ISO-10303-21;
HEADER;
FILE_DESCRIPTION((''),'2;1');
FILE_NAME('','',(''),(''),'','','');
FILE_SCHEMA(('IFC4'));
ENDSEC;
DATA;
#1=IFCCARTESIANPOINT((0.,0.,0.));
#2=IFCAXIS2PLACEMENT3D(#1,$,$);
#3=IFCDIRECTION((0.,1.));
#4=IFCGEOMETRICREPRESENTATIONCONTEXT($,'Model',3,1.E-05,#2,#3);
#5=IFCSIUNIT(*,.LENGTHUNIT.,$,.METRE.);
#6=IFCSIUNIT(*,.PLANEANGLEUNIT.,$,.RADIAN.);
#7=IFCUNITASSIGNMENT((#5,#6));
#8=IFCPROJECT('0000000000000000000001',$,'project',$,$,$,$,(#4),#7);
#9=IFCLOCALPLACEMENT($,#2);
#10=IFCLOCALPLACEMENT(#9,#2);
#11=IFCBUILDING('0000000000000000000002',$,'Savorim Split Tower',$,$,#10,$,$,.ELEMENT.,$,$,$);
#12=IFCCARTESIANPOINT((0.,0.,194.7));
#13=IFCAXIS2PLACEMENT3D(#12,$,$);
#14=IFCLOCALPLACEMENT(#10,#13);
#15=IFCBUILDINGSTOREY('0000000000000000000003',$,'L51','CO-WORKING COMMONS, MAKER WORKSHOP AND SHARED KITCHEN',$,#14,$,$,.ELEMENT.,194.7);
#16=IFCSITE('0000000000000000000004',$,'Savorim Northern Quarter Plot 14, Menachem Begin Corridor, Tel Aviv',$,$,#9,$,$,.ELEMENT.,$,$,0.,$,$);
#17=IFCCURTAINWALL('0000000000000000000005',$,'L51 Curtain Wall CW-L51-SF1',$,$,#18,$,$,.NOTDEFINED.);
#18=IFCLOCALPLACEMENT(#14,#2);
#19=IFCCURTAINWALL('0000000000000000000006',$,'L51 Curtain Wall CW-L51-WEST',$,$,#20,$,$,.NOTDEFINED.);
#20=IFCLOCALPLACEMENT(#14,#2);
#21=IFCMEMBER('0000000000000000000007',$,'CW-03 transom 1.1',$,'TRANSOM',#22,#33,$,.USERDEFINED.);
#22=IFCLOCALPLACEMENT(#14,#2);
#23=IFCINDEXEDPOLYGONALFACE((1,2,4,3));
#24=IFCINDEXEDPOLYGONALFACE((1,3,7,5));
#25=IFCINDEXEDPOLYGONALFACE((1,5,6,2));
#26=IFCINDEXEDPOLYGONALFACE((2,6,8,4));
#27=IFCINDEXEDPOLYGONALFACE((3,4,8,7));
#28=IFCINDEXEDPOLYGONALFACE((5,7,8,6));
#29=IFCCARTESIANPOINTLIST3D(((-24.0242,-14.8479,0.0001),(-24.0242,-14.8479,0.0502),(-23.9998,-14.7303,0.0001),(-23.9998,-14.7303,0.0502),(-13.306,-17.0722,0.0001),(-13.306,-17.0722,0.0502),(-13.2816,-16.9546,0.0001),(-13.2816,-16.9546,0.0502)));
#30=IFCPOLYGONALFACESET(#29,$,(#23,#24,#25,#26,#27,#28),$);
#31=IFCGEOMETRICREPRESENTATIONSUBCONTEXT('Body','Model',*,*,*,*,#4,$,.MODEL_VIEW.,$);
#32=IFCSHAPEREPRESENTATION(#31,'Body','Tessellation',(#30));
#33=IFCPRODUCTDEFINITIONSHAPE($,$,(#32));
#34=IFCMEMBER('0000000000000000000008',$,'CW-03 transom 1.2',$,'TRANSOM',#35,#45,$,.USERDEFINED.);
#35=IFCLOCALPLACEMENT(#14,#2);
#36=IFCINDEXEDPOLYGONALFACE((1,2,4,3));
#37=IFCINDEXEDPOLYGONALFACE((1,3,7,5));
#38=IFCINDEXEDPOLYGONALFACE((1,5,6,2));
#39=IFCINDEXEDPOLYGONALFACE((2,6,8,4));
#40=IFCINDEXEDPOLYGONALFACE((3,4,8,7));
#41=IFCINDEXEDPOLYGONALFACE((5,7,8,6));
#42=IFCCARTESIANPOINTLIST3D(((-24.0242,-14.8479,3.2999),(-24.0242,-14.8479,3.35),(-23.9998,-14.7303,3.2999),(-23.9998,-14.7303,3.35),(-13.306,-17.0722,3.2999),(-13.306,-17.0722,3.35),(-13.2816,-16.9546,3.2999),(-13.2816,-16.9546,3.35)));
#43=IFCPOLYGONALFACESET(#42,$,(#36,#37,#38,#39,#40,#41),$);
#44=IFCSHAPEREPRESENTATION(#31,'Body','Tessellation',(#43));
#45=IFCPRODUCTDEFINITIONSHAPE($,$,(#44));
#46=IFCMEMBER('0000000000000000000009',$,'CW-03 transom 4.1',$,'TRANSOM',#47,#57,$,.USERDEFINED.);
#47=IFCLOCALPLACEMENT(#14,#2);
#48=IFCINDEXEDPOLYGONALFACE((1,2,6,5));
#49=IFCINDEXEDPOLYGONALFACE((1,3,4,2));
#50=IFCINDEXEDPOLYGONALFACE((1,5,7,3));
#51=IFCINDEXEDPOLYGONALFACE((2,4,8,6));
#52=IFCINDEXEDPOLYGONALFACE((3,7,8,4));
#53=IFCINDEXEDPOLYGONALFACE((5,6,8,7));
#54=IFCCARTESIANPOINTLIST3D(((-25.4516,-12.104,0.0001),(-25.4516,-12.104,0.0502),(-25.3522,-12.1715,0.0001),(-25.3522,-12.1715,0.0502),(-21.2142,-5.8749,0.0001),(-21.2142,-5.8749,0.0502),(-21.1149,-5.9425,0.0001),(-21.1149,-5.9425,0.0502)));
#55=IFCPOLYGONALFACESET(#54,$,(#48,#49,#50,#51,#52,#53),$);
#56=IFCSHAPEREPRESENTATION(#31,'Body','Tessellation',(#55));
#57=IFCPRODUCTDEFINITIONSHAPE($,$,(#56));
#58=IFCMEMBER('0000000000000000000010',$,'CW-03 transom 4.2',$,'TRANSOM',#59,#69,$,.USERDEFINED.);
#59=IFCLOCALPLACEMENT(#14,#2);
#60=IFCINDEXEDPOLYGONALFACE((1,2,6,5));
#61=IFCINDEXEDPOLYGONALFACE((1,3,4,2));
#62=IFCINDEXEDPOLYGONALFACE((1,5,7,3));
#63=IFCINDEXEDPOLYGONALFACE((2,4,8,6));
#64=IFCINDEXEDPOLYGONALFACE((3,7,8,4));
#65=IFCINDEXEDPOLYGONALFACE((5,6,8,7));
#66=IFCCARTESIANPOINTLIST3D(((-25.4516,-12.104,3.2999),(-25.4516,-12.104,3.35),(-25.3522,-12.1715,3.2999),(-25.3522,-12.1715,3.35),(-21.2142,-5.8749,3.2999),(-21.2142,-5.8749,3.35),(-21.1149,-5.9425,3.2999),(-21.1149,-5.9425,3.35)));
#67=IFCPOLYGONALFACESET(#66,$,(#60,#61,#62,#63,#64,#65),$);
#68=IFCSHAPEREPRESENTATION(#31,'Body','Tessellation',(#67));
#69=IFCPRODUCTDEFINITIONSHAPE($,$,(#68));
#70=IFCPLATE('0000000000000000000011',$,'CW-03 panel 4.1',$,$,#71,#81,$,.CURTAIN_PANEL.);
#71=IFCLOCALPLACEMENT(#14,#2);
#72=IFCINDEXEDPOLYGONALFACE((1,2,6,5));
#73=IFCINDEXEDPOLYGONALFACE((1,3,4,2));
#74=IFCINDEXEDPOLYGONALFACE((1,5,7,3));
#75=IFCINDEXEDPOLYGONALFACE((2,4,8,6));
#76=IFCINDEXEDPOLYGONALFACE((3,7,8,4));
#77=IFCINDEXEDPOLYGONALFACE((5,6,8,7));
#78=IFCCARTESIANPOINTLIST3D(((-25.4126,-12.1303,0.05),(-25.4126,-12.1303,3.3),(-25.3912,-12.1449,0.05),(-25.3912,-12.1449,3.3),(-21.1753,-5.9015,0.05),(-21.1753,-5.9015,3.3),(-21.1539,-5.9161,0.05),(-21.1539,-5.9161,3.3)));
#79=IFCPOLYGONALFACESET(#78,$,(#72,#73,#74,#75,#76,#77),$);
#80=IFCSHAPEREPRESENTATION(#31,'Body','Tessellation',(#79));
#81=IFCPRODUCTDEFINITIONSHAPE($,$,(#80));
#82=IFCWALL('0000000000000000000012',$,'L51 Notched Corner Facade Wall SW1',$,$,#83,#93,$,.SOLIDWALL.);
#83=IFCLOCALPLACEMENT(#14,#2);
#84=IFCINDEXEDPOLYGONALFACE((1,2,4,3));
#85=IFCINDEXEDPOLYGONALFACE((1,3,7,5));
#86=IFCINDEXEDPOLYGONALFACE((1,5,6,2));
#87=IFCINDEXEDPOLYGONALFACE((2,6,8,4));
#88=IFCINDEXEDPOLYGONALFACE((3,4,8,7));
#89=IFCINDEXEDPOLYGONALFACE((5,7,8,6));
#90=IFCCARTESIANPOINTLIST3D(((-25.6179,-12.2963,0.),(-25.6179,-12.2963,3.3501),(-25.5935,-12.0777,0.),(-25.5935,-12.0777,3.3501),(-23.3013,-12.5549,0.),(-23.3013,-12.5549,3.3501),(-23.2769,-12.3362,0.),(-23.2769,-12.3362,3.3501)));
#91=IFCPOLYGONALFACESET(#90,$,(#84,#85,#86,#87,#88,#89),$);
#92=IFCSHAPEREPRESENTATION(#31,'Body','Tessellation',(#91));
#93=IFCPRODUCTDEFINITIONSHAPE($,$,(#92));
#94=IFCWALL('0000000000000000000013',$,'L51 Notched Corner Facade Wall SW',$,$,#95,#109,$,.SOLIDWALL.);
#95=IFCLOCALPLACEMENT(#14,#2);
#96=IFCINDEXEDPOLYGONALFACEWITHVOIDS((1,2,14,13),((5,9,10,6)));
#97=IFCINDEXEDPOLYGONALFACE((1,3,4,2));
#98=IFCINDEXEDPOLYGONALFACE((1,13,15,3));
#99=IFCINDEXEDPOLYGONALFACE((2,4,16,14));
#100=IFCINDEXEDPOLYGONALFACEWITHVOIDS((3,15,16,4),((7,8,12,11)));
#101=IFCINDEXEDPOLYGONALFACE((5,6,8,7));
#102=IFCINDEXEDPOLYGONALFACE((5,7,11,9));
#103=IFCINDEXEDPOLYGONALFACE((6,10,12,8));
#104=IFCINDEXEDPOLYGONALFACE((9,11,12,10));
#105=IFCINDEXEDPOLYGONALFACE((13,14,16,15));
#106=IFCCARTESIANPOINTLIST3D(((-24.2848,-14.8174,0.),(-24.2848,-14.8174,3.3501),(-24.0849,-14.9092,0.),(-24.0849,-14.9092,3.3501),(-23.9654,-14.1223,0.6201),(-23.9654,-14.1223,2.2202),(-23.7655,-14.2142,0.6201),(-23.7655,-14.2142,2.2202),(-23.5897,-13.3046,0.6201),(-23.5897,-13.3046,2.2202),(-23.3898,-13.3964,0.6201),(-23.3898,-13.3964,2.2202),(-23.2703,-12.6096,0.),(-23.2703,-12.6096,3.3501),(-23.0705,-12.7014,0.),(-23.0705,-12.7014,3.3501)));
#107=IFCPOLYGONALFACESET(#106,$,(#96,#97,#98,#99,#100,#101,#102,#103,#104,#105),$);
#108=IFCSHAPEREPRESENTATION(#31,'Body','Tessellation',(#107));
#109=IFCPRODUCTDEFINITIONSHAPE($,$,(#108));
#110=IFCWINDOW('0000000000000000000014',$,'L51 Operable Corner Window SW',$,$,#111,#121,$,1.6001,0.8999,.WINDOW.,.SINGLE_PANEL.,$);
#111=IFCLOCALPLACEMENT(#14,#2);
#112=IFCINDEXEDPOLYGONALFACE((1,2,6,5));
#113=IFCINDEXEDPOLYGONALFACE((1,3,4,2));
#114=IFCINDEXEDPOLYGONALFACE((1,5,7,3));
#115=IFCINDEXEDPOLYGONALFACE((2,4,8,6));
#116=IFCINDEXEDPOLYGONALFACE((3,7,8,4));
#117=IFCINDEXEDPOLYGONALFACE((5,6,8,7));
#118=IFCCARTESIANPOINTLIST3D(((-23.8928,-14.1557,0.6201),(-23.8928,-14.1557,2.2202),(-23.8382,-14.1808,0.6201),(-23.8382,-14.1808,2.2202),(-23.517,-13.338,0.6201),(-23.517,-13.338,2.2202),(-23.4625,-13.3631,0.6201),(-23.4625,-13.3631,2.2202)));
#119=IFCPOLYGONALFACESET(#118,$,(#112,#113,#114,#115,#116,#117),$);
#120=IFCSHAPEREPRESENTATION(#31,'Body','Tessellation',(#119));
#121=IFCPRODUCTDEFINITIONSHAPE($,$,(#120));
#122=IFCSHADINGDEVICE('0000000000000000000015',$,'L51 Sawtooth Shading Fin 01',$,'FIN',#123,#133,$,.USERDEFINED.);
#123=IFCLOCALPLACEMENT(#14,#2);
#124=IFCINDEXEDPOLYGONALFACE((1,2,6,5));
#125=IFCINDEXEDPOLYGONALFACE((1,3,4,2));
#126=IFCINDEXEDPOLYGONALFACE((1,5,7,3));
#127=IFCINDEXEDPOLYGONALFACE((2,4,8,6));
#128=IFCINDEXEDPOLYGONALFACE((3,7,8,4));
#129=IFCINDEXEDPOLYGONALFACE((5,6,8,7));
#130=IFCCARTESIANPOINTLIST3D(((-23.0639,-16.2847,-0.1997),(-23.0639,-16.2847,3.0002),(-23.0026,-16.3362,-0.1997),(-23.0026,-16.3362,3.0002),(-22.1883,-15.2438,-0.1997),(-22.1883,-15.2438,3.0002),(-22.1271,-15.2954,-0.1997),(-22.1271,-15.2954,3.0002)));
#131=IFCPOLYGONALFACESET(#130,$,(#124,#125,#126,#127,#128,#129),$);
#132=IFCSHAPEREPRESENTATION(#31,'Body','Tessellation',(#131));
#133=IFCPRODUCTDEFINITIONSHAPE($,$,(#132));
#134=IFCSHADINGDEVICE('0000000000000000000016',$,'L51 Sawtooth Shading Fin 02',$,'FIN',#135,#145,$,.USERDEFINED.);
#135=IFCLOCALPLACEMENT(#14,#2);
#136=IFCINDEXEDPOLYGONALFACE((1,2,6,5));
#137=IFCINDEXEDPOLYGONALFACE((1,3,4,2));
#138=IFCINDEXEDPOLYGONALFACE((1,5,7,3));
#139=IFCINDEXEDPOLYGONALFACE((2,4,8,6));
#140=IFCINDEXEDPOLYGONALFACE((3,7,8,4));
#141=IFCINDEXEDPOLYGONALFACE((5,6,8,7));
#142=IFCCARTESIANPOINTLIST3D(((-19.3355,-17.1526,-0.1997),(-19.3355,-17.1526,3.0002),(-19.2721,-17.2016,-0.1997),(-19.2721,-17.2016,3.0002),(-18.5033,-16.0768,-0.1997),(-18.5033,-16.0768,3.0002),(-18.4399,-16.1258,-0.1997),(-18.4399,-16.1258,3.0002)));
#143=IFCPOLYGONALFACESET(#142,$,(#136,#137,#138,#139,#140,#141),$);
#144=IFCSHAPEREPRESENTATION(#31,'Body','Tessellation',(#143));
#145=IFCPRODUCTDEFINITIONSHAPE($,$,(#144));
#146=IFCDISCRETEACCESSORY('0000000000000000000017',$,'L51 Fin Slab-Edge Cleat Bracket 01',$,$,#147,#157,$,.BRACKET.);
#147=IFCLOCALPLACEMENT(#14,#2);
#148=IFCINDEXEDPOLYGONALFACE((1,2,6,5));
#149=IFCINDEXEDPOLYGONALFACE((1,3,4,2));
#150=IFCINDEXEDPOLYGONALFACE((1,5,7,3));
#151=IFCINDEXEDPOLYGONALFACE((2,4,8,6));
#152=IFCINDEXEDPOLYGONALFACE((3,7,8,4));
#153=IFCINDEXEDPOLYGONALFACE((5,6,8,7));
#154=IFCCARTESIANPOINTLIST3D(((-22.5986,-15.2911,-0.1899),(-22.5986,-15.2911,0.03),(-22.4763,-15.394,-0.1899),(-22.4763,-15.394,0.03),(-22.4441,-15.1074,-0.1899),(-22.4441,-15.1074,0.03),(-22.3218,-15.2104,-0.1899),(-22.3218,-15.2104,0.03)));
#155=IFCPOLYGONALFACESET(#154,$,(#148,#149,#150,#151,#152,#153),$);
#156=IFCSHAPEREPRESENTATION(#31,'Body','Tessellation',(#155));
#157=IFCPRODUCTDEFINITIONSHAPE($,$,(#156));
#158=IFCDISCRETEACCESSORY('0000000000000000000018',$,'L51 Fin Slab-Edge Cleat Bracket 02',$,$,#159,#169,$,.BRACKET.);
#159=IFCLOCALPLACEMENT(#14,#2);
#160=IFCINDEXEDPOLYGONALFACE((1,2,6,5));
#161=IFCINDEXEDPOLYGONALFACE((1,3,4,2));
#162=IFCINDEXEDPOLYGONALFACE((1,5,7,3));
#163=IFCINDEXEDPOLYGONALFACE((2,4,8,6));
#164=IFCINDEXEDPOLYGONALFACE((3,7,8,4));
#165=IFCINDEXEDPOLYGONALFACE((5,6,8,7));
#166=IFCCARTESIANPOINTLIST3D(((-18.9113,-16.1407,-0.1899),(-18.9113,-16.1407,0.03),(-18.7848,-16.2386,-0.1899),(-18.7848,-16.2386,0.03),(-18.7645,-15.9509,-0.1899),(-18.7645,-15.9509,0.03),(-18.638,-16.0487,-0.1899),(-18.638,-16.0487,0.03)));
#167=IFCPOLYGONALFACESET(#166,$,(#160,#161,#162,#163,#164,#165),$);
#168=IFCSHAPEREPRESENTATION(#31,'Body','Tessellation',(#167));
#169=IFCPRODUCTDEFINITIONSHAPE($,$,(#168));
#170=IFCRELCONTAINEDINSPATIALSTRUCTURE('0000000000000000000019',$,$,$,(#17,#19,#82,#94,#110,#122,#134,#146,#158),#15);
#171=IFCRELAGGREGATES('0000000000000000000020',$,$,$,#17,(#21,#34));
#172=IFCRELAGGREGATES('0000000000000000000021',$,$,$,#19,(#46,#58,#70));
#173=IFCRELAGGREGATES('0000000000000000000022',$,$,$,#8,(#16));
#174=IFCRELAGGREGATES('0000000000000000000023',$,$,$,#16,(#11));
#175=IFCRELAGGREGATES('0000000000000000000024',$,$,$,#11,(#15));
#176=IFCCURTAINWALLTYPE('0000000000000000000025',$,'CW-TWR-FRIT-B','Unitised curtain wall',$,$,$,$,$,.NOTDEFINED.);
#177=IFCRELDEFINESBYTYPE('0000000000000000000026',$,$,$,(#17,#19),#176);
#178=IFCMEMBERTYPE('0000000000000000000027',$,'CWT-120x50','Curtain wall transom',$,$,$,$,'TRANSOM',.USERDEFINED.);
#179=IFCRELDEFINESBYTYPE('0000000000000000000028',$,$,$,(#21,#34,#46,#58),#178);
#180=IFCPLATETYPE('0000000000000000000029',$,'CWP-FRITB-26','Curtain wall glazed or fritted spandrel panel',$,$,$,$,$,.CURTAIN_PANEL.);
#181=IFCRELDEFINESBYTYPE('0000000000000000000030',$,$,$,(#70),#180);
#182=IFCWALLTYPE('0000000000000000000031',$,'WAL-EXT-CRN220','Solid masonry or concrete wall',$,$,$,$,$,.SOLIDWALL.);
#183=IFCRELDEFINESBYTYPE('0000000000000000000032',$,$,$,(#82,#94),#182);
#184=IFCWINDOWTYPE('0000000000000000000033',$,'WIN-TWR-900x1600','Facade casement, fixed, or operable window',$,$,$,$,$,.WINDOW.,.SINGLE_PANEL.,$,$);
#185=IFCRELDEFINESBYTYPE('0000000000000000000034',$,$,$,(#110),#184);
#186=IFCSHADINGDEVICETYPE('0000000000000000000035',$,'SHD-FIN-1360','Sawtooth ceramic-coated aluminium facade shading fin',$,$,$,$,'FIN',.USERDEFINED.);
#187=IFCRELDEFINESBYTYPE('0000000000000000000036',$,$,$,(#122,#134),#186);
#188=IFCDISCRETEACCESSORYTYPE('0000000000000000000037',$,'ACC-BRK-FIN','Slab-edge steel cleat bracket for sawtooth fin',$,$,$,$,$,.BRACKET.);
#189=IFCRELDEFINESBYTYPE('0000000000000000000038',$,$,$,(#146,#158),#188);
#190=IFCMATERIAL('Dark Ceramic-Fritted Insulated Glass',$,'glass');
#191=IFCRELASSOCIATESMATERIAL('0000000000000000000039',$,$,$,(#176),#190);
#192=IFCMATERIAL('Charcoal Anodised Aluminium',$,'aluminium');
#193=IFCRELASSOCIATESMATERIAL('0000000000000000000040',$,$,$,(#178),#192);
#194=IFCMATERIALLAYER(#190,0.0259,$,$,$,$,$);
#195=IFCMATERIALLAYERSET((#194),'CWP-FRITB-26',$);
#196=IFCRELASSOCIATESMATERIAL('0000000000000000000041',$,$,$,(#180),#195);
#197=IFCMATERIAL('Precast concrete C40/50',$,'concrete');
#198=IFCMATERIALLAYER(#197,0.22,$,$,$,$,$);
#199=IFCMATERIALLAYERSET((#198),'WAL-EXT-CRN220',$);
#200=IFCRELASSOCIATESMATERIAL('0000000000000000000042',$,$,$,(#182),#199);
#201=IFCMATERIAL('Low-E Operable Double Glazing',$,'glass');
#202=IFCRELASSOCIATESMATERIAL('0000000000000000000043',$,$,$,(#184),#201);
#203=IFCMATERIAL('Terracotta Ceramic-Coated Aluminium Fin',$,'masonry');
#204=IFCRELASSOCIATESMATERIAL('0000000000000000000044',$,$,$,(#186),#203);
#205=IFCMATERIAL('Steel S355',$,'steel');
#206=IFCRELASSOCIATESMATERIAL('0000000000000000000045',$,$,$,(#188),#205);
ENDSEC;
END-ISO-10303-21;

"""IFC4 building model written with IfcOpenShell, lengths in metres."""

from ifc_helpers import new_model, si_unit, direction, frame, frame_2d, origin, origin_2d, place, context, subcontext, project, spatial, rectangle, extrude, material, layer, layer_set, material_profile, profile_set, type_object, element, fill, aggregate, save


model = new_model("IFC4")

# Units and contexts
model_context = context("Model", 3, precision=1e-05, world=origin(), true_north=direction((0.0, 1.0)))
body_context = subcontext(model_context, "Body", "Model", "MODEL_VIEW")
ifc_project = project(units=[si_unit("LENGTHUNIT", "METRE"), si_unit("PLANEANGLEUNIT", "RADIAN")], contexts=[model_context])

# Site, building, storey
site_placement = place(None, origin())
site = spatial("IfcSite", under=ifc_project, at=site_placement, Name="Savorim Northern Quarter Plot 14, Menachem Begin Corridor, Tel Aviv", CompositionType="ELEMENT", RefElevation=0.0)
building_placement = place(site_placement, origin())
building = spatial("IfcBuilding", under=site, at=building_placement, Name="Savorim Split Tower", CompositionType="ELEMENT")
storey_placement = place(building_placement, frame((0.0, 0.0, 194.7)))
storey = spatial("IfcBuildingStorey", under=building, at=storey_placement, Name="L51", Description="CO-WORKING COMMONS, MAKER WORKSHOP AND SHARED KITCHEN", CompositionType="ELEMENT", Elevation=194.7)

# Shared definitions
ifc_material_1 = material(Name="Steel S355", Category="steel")

# Curtain wall
ifc_material_2 = material(Name="Dark Ceramic-Fritted Insulated Glass", Category="glass")
curtain_wall_type = type_object("IfcCurtainWallType", Name="CW-TWR-FRIT-B", Description="Unitised curtain wall", PredefinedType="NOTDEFINED", material=ifc_material_2)
curtain_wall_1_placement = place(storey_placement, origin())
curtain_wall_1 = element("IfcCurtainWall", 1, at=curtain_wall_1_placement, inside=storey, type_object=curtain_wall_type, Name="L51 Curtain Wall CW-L51-SF1", PredefinedType="NOTDEFINED")
ifc_material_3 = material(Name="Charcoal Anodised Aluminium", Category="aluminium")

# Curtain wall
curtain_wall_2_placement = place(storey_placement, origin())
curtain_wall_2 = element("IfcCurtainWall", 2, at=curtain_wall_2_placement, inside=storey, type_object=curtain_wall_type, Name="L51 Curtain Wall CW-L51-WEST", PredefinedType="NOTDEFINED")

# Members
ifc_material_profile_1 = material_profile(ifc_material_3, rectangle(XDim=0.1201, YDim=0.05, at=origin_2d()), Name="ALU-T 120x50")
ifc_profile_set_1 = profile_set([ifc_material_profile_1], Name="Charcoal Anodised Aluminium")
member_type_1 = type_object("IfcMemberType", Name="CWT-120x50", Description="Curtain wall transom", ElementType="TRANSOM", PredefinedType="USERDEFINED", material=ifc_profile_set_1)
member_1_placement = place(storey_placement, frame((-24.012, -14.7891, 0.0251), z_axis=(0.979137, -0.203201, 0.0), x_axis=(0.203201, 0.979137, 0.0)))
member_1 = element("IfcMember", 3, at=member_1_placement, type_object=member_type_1, Name="CW-03 transom 1.1", ObjectType="TRANSOM", PredefinedType="USERDEFINED", context=body_context, shape_type="SweptSolid", body=[
    extrude(rectangle(XDim=0.1201, YDim=0.05, at=origin_2d()), origin(), (0.0, 0.0, 1.0), 10.9465),
])
member_2_placement = place(storey_placement, frame((-24.012, -14.7891, 3.325), z_axis=(0.979137, -0.203201, 0.0), x_axis=(0.203201, 0.979137, 0.0)))
member_2 = element("IfcMember", 4, at=member_2_placement, type_object=member_type_1, Name="CW-03 transom 1.2", ObjectType="TRANSOM", PredefinedType="USERDEFINED", context=body_context, shape_type="SweptSolid", body=[
    extrude(rectangle(XDim=0.1201, YDim=0.05, at=origin_2d()), origin(), (0.0, 0.0, 1.0), 10.9465),
])
aggregate(curtain_wall_1, [member_1, member_2])
member_3_placement = place(storey_placement, frame((-21.1646, -5.9087, 0.0251), z_axis=(-0.562454, -0.826829, 0.0), x_axis=(0.826829, -0.562454, 0.0)))
member_3 = element("IfcMember", 5, at=member_3_placement, type_object=member_type_1, Name="CW-03 transom 4.1", ObjectType="TRANSOM", PredefinedType="USERDEFINED", context=body_context, shape_type="SweptSolid", body=[
    extrude(rectangle(XDim=0.1201, YDim=0.05, at=origin_2d()), origin(), (0.0, 0.0, 1.0), 7.5337),
])
member_4_placement = place(storey_placement, frame((-21.1646, -5.9087, 3.325), z_axis=(-0.562454, -0.826829, 0.0), x_axis=(0.826829, -0.562454, 0.0)))
member_4 = element("IfcMember", 6, at=member_4_placement, type_object=member_type_1, Name="CW-03 transom 4.2", ObjectType="TRANSOM", PredefinedType="USERDEFINED", context=body_context, shape_type="SweptSolid", body=[
    extrude(rectangle(XDim=0.1201, YDim=0.05, at=origin_2d()), origin(), (0.0, 0.0, 1.0), 7.5337),
])

# Plate
ifc_layer_1 = layer(ifc_material_2, 0.0259)
ifc_layer_set_1 = layer_set([ifc_layer_1], Name="CWP-FRITB-26")
plate_type = type_object("IfcPlateType", Name="CWP-FRITB-26", Description="Curtain wall glazed or fritted spandrel panel", PredefinedType="CURTAIN_PANEL", material=ifc_layer_set_1)
plate_placement = place(storey_placement, frame((-23.2832, -9.0232, 0.05), z_axis=(0.0, 0.0, 1.0), x_axis=(-0.562465, -0.826821, 0.0)))
plate = element("IfcPlate", 7, at=plate_placement, type_object=plate_type, Name="CW-03 panel 4.1", PredefinedType="CURTAIN_PANEL", context=body_context, shape_type="SweptSolid", body=[
    extrude(rectangle(XDim=7.5334, YDim=0.0259, at=origin_2d()), origin(), (0.0, 0.0, 1.0), 3.25),
])
aggregate(curtain_wall_2, [member_3, member_4, plate])

# Wall
ifc_material_4 = material(Name="Precast concrete C40/50", Category="concrete")
ifc_layer_2 = layer(ifc_material_4, 0.22)
ifc_layer_set_2 = layer_set([ifc_layer_2], Name="WAL-EXT-CRN220")
wall_type = type_object("IfcWallType", Name="WAL-EXT-CRN220", Description="Solid masonry or concrete wall", PredefinedType="SOLIDWALL", material=ifc_layer_set_2)
wall_1_placement = place(storey_placement, frame((-23.2891, -12.4456, 0.0), z_axis=(0.0, 0.0, 1.0), x_axis=(-0.99383, 0.110914, 0.0)))
element("IfcWall", 8, at=wall_1_placement, inside=storey, type_object=wall_type, Name="L51 Notched Corner Facade Wall SW1", PredefinedType="SOLIDWALL", context=body_context, shape_type="SweptSolid", body=[
    extrude(rectangle(XDim=2.3311, YDim=0.22, at=frame_2d((1.1655, 0.0))), origin(), (0.0, 0.0, 1.0), 3.3501),
])

# Wall, opening, window
wall_2_placement = place(storey_placement, frame((-24.1848, -14.8633, 0.0), z_axis=(0.0, 0.0, 1.0), x_axis=(0.417509, 0.908673, 0.0)))
wall_2 = element("IfcWall", 9, at=wall_2_placement, inside=storey, type_object=wall_type, Name="L51 Notched Corner Facade Wall SW", PredefinedType="SOLIDWALL", context=body_context, shape_type="SweptSolid", body=[
    extrude(rectangle(XDim=2.4297, YDim=0.22, at=frame_2d((1.2148, 0.0))), origin(), (0.0, 0.0, 1.0), 3.3501),
])
opening_placement = place(wall_2_placement, frame((0.7649, 0.0, 0.6201)))
opening = element("IfcOpeningElement", 10, at=opening_placement, cuts=wall_2, PredefinedType="OPENING", context=body_context, shape_type="SweptSolid", body=[
    extrude(rectangle(XDim=0.8999, YDim=1.6001, at=frame_2d((0.45, 0.8))), frame((0.0, 0.1199, 0.0), z_axis=(0.0, -1.0, 0.0), x_axis=(1.0, 0.0, 0.0)), (0.0, 0.0, 1.0), 0.24),
])
ifc_material_5 = material(Name="Low-E Operable Double Glazing", Category="glass")
window_type = type_object("IfcWindowType", Name="WIN-TWR-900x1600", Description="Facade casement, fixed, or operable window", PartitioningType="SINGLE_PANEL", PredefinedType="WINDOW", material=ifc_material_5)
window_placement = place(opening_placement, origin())
window = element("IfcWindow", 11, at=window_placement, inside=storey, type_object=window_type, Name="L51 Operable Corner Window SW", OverallHeight=1.6001, OverallWidth=0.8999, PartitioningType="SINGLE_PANEL", PredefinedType="WINDOW", context=body_context, shape_type="SweptSolid", body=[
    extrude(rectangle(XDim=0.8999, YDim=1.6001, at=frame_2d((0.45, 0.8))), frame((0.0, 0.03, 0.0), z_axis=(0.0, -1.0, 0.0), x_axis=(1.0, 0.0, 0.0)), (0.0, 0.0, 1.0), 0.0601),
])
fill(opening, window)

# Shading devices
ifc_material_6 = material(Name="Terracotta Ceramic-Coated Aluminium Fin", Category="masonry")
shading_device_type = type_object("IfcShadingDeviceType", Name="SHD-FIN-1360", Description="Sawtooth ceramic-coated aluminium facade shading fin", ElementType="FIN", PredefinedType="USERDEFINED", material=ifc_material_6)
for number, where, z_axis, x_axis, name in (
    (12, (-22.5955, -15.79, -0.1997), (0.0, 0.0, 1.0), (-0.643719, -0.765262, 0.0), "L51 Sawtooth Shading Fin 01"),
    (13, (-18.8877, -16.6392, -0.1997), (0.0, 0.0, 1.0), (-0.611868, -0.79096, 0.0), "L51 Sawtooth Shading Fin 02"),
):
    element("IfcShadingDevice", number, at=place(storey_placement, frame(where, z_axis=z_axis, x_axis=x_axis)), inside=storey, type_object=shading_device_type, Name=name, ObjectType="FIN", PredefinedType="USERDEFINED", context=body_context, shape_type="SweptSolid", body=[
        extrude(rectangle(XDim=1.3601, YDim=0.0801, at=origin_2d()), origin(), (0.0, 0.0, 1.0), 3.2),
    ])

# Discrete accessories
discrete_accessory_type = type_object("IfcDiscreteAccessoryType", Name="ACC-BRK-FIN", Description="Slab-edge steel cleat bracket for sawtooth fin", PredefinedType="BRACKET", material=ifc_material_1)
for number, where, z_axis, x_axis, name in (
    (14, (-22.4602, -15.2507, -0.1899), (0.0, 0.0, 1.0), (-0.643719, -0.765262, 0.0), "L51 Fin Slab-Edge Cleat Bracket 01"),
    (15, (-18.7747, -16.0947, -0.1899), (0.0, 0.0, 1.0), (-0.611868, -0.79096, 0.0), "L51 Fin Slab-Edge Cleat Bracket 02"),
):
    element("IfcDiscreteAccessory", number, at=place(storey_placement, frame(where, z_axis=z_axis, x_axis=x_axis)), inside=storey, type_object=discrete_accessory_type, Name=name, PredefinedType="BRACKET", context=body_context, shape_type="SweptSolid", body=[
        extrude(rectangle(XDim=0.24, YDim=0.1599, at=origin_2d()), origin(), (0.0, 0.0, 1.0), 0.22),
    ])

save(model, "model.ifc")
